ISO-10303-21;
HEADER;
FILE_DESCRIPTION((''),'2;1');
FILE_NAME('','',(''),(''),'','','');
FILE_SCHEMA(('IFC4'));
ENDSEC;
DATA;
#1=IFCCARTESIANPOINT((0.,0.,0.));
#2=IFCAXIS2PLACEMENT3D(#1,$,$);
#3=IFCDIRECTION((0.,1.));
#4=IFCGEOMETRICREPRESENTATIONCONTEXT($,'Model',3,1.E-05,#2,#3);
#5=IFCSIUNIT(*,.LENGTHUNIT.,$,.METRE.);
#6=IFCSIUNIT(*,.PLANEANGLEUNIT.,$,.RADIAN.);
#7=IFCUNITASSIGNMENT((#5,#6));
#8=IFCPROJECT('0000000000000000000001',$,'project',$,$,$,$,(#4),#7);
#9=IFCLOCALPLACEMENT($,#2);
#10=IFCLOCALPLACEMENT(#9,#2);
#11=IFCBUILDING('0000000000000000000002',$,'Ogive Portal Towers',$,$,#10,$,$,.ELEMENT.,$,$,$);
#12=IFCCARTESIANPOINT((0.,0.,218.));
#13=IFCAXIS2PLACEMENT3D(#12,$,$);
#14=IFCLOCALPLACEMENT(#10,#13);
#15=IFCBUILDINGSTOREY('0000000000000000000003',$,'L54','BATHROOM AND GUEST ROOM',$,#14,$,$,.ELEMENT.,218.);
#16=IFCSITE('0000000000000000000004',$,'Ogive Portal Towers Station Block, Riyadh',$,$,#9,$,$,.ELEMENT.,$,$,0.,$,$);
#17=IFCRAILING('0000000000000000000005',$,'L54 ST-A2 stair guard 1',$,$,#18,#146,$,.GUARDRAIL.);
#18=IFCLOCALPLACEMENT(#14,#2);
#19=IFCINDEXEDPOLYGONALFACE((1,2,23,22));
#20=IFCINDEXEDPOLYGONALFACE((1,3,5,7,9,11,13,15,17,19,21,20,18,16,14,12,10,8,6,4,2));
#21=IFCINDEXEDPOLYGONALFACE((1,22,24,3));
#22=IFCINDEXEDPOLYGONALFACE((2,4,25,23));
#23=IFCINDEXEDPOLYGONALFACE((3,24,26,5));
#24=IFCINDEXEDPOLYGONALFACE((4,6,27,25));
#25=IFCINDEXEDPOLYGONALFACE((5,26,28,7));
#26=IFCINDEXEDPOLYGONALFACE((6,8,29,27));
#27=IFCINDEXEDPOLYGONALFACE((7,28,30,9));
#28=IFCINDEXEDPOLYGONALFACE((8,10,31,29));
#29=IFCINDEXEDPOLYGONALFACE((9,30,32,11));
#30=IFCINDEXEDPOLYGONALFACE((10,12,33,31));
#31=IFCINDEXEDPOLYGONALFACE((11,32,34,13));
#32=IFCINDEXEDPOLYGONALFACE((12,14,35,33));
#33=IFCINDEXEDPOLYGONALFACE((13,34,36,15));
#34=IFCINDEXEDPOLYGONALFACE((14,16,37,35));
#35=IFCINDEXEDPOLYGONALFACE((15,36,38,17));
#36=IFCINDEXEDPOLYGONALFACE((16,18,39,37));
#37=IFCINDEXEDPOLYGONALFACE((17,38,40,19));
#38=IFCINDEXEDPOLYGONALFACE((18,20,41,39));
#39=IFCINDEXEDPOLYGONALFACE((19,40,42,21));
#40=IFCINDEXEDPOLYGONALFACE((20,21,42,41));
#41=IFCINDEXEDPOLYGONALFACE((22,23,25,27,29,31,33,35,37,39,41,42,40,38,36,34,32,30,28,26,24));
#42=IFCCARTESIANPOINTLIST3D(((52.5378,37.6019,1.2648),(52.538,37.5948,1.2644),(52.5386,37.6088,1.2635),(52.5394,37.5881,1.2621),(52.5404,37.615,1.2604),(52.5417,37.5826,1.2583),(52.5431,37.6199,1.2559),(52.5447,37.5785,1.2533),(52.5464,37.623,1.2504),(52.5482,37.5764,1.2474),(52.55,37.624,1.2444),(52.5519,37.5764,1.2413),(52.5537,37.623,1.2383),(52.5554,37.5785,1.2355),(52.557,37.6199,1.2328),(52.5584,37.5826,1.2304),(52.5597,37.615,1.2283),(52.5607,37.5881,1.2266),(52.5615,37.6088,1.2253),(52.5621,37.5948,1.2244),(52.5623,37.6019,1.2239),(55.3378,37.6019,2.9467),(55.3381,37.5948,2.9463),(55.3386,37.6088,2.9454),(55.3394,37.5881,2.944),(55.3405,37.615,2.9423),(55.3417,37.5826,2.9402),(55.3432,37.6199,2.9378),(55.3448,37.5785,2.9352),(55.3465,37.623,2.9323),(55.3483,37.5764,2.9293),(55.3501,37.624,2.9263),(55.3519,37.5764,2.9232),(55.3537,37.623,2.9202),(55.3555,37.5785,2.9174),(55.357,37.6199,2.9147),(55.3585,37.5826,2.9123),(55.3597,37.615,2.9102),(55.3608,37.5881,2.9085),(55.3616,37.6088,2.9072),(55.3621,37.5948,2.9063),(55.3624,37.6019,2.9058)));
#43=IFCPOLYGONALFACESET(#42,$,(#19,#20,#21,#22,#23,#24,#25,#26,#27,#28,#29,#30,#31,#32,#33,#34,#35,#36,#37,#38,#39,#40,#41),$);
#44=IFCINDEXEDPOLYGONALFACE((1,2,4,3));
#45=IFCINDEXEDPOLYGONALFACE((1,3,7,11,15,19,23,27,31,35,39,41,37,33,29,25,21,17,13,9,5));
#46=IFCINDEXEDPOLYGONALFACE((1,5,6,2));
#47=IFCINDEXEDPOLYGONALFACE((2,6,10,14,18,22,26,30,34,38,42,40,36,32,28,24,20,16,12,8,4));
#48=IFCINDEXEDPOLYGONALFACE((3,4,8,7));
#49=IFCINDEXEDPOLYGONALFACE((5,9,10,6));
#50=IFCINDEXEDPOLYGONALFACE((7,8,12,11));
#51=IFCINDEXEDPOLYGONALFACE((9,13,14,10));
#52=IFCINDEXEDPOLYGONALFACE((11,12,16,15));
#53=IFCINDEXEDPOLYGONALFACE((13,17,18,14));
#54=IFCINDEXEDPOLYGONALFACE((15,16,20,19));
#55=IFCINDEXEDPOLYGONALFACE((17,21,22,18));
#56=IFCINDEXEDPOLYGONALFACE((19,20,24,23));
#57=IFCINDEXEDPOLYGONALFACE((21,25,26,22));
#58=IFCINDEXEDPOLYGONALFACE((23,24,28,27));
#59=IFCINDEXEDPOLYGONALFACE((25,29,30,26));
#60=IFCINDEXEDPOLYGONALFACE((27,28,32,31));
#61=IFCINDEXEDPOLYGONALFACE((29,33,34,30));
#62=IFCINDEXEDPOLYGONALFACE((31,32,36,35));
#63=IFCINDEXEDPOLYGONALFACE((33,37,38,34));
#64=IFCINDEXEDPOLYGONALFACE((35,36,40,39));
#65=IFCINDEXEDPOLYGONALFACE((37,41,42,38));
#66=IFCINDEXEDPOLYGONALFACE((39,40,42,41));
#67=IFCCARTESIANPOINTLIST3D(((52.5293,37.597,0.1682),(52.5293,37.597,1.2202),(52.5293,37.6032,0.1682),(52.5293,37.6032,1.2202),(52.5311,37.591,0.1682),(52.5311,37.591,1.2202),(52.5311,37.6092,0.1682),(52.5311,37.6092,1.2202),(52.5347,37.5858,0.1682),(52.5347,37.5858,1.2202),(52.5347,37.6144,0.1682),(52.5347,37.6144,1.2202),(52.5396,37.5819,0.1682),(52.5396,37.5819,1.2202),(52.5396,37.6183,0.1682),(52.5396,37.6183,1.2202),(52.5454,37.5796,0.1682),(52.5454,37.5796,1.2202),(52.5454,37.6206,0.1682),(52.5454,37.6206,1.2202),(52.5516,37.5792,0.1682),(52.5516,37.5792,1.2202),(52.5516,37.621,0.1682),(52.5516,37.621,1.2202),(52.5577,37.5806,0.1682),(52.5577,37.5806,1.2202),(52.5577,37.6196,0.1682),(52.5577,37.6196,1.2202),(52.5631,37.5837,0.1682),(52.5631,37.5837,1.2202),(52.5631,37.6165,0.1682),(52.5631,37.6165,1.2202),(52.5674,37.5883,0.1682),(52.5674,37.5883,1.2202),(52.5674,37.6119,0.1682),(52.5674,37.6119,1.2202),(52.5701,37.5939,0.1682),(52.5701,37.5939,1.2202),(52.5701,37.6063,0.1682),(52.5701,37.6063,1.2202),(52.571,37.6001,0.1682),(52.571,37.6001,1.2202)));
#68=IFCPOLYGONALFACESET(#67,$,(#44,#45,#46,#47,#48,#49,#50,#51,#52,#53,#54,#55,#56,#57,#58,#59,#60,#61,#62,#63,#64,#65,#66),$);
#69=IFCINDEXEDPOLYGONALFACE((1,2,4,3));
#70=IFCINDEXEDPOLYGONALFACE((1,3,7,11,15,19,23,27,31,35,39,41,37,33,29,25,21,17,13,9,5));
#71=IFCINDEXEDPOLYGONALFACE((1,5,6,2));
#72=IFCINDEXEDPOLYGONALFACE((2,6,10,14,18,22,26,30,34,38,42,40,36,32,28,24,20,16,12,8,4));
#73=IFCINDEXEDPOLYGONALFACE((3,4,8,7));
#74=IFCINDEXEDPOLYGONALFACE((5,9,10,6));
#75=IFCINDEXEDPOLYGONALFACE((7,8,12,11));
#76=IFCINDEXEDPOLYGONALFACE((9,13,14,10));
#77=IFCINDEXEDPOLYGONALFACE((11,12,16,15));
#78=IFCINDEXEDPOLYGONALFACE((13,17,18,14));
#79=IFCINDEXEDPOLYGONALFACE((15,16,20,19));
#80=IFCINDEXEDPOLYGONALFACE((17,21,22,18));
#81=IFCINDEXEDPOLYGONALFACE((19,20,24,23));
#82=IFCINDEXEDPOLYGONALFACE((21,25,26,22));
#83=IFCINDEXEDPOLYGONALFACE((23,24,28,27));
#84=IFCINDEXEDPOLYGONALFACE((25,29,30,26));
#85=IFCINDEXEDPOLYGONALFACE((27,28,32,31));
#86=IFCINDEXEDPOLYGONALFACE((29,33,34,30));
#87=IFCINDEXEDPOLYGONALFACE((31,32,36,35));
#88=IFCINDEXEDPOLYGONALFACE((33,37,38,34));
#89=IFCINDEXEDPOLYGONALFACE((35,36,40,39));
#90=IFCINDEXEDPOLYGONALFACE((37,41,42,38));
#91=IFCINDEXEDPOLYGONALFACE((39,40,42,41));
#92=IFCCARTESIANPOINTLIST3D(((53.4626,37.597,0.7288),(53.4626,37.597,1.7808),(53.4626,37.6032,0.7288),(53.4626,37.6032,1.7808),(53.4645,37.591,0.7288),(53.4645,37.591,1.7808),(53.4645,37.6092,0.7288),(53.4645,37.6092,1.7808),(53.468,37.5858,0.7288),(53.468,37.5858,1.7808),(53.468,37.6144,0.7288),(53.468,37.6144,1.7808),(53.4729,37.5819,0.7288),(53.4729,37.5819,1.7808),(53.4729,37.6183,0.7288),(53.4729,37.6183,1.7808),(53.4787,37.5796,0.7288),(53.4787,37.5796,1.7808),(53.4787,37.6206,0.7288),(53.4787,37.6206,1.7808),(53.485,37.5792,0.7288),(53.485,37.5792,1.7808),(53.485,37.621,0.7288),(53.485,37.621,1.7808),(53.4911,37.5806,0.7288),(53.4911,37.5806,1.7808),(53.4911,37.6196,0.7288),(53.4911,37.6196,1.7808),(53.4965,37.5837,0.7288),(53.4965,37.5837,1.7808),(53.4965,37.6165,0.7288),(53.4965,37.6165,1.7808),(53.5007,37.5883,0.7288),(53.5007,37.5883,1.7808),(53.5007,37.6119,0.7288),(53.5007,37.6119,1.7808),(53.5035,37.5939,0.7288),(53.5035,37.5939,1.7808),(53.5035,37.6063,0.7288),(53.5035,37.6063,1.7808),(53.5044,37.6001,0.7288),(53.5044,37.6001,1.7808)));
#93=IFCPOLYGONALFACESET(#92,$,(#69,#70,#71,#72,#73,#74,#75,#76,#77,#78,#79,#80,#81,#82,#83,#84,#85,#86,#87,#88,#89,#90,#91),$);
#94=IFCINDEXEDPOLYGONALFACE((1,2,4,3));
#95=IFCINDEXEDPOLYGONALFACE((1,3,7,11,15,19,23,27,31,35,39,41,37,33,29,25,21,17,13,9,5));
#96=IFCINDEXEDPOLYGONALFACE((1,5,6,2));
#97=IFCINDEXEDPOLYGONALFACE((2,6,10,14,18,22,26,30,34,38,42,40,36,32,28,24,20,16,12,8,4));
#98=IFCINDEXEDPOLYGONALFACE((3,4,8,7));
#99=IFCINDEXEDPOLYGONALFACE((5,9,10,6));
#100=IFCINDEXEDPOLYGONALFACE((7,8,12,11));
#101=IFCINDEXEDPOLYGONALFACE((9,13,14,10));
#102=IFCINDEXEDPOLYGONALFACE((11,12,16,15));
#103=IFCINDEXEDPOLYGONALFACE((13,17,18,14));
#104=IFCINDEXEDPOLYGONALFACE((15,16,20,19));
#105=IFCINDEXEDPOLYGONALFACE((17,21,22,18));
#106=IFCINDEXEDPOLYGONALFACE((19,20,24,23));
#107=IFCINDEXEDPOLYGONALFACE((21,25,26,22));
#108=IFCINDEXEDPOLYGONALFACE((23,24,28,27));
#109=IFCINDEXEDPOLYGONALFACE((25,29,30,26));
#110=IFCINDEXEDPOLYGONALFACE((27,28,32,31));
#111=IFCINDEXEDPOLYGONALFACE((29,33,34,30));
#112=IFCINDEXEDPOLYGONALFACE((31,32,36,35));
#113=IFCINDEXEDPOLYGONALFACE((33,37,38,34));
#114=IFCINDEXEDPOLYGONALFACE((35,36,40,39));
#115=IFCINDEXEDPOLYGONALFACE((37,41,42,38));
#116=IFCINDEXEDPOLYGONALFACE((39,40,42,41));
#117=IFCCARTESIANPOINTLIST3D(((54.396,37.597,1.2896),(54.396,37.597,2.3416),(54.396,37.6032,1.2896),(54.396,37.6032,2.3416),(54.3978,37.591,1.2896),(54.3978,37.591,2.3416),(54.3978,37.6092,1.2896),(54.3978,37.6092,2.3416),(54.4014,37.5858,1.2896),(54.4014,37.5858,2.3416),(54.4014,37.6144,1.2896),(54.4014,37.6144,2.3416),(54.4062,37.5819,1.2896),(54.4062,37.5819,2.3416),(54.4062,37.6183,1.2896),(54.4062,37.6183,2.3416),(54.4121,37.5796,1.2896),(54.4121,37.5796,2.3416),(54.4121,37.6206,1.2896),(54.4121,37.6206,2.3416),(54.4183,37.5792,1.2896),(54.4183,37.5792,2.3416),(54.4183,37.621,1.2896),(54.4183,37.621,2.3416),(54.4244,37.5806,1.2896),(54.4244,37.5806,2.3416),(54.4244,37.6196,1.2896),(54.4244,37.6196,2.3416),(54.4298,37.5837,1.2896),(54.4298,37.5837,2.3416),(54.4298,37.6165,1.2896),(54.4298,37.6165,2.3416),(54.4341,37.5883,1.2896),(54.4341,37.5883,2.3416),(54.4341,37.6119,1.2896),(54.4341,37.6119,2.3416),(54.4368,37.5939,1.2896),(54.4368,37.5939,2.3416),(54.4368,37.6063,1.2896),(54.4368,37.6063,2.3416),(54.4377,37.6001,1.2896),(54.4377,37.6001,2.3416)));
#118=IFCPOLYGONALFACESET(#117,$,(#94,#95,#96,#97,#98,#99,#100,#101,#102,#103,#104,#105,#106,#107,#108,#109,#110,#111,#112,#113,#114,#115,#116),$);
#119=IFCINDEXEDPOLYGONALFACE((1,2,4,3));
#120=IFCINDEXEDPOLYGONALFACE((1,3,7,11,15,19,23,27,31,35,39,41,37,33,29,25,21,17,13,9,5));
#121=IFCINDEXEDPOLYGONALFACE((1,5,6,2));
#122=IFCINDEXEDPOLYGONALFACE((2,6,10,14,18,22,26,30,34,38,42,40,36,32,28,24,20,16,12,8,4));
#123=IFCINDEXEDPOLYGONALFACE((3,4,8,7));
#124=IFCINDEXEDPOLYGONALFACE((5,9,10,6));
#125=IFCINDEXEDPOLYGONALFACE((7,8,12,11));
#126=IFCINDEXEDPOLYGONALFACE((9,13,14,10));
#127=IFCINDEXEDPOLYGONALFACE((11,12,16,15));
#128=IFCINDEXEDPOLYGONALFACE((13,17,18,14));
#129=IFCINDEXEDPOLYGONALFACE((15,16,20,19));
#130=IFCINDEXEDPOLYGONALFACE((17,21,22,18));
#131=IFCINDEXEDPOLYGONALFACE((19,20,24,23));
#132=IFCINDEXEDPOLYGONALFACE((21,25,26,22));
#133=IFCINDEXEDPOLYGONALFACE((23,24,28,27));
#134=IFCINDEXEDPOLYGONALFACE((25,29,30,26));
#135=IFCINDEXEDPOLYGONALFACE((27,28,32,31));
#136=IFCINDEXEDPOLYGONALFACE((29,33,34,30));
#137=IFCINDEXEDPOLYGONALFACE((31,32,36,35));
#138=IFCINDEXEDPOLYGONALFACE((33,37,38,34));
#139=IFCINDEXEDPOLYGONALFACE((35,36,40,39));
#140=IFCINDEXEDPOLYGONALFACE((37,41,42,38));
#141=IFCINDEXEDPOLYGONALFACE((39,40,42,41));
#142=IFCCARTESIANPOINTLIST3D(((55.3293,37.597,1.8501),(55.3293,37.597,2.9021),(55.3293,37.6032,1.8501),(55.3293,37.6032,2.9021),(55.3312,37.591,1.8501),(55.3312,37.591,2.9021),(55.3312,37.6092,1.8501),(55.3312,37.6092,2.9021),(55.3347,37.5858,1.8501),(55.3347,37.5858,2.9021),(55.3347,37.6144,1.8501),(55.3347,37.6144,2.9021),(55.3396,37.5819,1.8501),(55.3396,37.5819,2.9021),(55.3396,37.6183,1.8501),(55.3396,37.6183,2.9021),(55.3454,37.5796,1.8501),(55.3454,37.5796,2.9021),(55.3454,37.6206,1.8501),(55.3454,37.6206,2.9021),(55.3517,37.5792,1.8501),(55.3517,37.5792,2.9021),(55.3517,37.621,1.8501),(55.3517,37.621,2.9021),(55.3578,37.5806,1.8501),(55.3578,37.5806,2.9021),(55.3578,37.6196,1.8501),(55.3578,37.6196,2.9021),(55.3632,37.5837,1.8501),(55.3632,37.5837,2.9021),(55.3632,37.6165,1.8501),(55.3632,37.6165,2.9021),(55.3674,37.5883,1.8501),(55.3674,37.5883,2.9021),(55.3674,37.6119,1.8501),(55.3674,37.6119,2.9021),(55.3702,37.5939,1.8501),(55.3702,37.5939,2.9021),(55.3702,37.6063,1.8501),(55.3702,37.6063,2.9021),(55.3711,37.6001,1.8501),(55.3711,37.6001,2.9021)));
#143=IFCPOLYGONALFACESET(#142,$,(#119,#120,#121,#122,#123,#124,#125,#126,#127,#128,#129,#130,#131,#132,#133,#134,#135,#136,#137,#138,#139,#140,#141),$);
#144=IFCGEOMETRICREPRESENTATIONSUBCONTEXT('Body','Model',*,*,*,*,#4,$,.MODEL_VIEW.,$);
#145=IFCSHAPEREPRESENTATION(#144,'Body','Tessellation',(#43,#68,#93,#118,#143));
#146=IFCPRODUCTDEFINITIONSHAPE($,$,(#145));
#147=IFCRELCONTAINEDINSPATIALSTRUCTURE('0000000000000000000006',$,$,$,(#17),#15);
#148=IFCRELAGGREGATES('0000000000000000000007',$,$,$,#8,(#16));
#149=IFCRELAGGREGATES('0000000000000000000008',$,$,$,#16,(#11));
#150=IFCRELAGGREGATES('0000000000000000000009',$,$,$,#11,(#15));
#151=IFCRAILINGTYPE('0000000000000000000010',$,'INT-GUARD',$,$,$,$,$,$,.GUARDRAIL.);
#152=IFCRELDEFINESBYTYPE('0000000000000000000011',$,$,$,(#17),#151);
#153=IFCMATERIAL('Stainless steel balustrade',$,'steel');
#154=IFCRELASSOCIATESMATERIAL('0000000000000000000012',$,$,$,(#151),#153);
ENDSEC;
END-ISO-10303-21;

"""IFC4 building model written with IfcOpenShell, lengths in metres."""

from ifc_helpers import new_model, si_unit, direction, frame, origin, origin_2d, place, context, subcontext, project, spatial, circle, extrude, material, type_object, element, save


model = new_model("IFC4")

# Units and contexts
model_context = context("Model", 3, precision=1e-05, world=origin(), true_north=direction((0.0, 1.0)))
body_context = subcontext(model_context, "Body", "Model", "MODEL_VIEW")
ifc_project = project(units=[si_unit("LENGTHUNIT", "METRE"), si_unit("PLANEANGLEUNIT", "RADIAN")], contexts=[model_context])

# Site, building, storey
site_placement = place(None, origin())
site = spatial("IfcSite", under=ifc_project, at=site_placement, Name="Ogive Portal Towers Station Block, Riyadh", CompositionType="ELEMENT", RefElevation=0.0)
building_placement = place(site_placement, origin())
building = spatial("IfcBuilding", under=site, at=building_placement, Name="Ogive Portal Towers", CompositionType="ELEMENT")
storey_placement = place(building_placement, frame((0.0, 0.0, 218.0)))
storey = spatial("IfcBuildingStorey", under=building, at=storey_placement, Name="L54", Description="BATHROOM AND GUEST ROOM", CompositionType="ELEMENT", Elevation=218.0)

# Railing
ifc_material_1 = material(Name="Stainless steel balustrade", Category="steel")
railing_type_1 = type_object("IfcRailingType", Name="INT-GUARD", PredefinedType="GUARDRAIL", material=ifc_material_1)
railing_1_placement = place(storey_placement, frame((52.55, 37.6001, 0.1682)))
element("IfcRailing", 1, at=railing_1_placement, inside=storey, type_object=railing_type_1, Name="L54 ST-A2 stair guard 1", PredefinedType="GUARDRAIL", context=body_context, shape_type="SweptSolid", body=[
    extrude(circle(Radius=0.0239, at=origin_2d()), frame((0.0, 0.0, 1.0762), z_axis=(0.857242, 0.0, 0.514913), x_axis=(0.0, 1.0, 0.0)), (0.0, 0.0, 1.0), 3.2664),
    extrude(circle(Radius=0.021, at=origin_2d()), origin(), (0.0, 0.0, 1.0), 1.052),
    extrude(circle(Radius=0.021, at=origin_2d()), frame((0.9333, 0.0, 0.5605)), (0.0, 0.0, 1.0), 1.052),
    extrude(circle(Radius=0.021, at=origin_2d()), frame((1.8667, 0.0, 1.1213)), (0.0, 0.0, 1.0), 1.052),
    extrude(circle(Radius=0.021, at=origin_2d()), frame((2.8, 0.0, 1.6819)), (0.0, 0.0, 1.0), 1.052),
])

save(model, "model.ifc")
